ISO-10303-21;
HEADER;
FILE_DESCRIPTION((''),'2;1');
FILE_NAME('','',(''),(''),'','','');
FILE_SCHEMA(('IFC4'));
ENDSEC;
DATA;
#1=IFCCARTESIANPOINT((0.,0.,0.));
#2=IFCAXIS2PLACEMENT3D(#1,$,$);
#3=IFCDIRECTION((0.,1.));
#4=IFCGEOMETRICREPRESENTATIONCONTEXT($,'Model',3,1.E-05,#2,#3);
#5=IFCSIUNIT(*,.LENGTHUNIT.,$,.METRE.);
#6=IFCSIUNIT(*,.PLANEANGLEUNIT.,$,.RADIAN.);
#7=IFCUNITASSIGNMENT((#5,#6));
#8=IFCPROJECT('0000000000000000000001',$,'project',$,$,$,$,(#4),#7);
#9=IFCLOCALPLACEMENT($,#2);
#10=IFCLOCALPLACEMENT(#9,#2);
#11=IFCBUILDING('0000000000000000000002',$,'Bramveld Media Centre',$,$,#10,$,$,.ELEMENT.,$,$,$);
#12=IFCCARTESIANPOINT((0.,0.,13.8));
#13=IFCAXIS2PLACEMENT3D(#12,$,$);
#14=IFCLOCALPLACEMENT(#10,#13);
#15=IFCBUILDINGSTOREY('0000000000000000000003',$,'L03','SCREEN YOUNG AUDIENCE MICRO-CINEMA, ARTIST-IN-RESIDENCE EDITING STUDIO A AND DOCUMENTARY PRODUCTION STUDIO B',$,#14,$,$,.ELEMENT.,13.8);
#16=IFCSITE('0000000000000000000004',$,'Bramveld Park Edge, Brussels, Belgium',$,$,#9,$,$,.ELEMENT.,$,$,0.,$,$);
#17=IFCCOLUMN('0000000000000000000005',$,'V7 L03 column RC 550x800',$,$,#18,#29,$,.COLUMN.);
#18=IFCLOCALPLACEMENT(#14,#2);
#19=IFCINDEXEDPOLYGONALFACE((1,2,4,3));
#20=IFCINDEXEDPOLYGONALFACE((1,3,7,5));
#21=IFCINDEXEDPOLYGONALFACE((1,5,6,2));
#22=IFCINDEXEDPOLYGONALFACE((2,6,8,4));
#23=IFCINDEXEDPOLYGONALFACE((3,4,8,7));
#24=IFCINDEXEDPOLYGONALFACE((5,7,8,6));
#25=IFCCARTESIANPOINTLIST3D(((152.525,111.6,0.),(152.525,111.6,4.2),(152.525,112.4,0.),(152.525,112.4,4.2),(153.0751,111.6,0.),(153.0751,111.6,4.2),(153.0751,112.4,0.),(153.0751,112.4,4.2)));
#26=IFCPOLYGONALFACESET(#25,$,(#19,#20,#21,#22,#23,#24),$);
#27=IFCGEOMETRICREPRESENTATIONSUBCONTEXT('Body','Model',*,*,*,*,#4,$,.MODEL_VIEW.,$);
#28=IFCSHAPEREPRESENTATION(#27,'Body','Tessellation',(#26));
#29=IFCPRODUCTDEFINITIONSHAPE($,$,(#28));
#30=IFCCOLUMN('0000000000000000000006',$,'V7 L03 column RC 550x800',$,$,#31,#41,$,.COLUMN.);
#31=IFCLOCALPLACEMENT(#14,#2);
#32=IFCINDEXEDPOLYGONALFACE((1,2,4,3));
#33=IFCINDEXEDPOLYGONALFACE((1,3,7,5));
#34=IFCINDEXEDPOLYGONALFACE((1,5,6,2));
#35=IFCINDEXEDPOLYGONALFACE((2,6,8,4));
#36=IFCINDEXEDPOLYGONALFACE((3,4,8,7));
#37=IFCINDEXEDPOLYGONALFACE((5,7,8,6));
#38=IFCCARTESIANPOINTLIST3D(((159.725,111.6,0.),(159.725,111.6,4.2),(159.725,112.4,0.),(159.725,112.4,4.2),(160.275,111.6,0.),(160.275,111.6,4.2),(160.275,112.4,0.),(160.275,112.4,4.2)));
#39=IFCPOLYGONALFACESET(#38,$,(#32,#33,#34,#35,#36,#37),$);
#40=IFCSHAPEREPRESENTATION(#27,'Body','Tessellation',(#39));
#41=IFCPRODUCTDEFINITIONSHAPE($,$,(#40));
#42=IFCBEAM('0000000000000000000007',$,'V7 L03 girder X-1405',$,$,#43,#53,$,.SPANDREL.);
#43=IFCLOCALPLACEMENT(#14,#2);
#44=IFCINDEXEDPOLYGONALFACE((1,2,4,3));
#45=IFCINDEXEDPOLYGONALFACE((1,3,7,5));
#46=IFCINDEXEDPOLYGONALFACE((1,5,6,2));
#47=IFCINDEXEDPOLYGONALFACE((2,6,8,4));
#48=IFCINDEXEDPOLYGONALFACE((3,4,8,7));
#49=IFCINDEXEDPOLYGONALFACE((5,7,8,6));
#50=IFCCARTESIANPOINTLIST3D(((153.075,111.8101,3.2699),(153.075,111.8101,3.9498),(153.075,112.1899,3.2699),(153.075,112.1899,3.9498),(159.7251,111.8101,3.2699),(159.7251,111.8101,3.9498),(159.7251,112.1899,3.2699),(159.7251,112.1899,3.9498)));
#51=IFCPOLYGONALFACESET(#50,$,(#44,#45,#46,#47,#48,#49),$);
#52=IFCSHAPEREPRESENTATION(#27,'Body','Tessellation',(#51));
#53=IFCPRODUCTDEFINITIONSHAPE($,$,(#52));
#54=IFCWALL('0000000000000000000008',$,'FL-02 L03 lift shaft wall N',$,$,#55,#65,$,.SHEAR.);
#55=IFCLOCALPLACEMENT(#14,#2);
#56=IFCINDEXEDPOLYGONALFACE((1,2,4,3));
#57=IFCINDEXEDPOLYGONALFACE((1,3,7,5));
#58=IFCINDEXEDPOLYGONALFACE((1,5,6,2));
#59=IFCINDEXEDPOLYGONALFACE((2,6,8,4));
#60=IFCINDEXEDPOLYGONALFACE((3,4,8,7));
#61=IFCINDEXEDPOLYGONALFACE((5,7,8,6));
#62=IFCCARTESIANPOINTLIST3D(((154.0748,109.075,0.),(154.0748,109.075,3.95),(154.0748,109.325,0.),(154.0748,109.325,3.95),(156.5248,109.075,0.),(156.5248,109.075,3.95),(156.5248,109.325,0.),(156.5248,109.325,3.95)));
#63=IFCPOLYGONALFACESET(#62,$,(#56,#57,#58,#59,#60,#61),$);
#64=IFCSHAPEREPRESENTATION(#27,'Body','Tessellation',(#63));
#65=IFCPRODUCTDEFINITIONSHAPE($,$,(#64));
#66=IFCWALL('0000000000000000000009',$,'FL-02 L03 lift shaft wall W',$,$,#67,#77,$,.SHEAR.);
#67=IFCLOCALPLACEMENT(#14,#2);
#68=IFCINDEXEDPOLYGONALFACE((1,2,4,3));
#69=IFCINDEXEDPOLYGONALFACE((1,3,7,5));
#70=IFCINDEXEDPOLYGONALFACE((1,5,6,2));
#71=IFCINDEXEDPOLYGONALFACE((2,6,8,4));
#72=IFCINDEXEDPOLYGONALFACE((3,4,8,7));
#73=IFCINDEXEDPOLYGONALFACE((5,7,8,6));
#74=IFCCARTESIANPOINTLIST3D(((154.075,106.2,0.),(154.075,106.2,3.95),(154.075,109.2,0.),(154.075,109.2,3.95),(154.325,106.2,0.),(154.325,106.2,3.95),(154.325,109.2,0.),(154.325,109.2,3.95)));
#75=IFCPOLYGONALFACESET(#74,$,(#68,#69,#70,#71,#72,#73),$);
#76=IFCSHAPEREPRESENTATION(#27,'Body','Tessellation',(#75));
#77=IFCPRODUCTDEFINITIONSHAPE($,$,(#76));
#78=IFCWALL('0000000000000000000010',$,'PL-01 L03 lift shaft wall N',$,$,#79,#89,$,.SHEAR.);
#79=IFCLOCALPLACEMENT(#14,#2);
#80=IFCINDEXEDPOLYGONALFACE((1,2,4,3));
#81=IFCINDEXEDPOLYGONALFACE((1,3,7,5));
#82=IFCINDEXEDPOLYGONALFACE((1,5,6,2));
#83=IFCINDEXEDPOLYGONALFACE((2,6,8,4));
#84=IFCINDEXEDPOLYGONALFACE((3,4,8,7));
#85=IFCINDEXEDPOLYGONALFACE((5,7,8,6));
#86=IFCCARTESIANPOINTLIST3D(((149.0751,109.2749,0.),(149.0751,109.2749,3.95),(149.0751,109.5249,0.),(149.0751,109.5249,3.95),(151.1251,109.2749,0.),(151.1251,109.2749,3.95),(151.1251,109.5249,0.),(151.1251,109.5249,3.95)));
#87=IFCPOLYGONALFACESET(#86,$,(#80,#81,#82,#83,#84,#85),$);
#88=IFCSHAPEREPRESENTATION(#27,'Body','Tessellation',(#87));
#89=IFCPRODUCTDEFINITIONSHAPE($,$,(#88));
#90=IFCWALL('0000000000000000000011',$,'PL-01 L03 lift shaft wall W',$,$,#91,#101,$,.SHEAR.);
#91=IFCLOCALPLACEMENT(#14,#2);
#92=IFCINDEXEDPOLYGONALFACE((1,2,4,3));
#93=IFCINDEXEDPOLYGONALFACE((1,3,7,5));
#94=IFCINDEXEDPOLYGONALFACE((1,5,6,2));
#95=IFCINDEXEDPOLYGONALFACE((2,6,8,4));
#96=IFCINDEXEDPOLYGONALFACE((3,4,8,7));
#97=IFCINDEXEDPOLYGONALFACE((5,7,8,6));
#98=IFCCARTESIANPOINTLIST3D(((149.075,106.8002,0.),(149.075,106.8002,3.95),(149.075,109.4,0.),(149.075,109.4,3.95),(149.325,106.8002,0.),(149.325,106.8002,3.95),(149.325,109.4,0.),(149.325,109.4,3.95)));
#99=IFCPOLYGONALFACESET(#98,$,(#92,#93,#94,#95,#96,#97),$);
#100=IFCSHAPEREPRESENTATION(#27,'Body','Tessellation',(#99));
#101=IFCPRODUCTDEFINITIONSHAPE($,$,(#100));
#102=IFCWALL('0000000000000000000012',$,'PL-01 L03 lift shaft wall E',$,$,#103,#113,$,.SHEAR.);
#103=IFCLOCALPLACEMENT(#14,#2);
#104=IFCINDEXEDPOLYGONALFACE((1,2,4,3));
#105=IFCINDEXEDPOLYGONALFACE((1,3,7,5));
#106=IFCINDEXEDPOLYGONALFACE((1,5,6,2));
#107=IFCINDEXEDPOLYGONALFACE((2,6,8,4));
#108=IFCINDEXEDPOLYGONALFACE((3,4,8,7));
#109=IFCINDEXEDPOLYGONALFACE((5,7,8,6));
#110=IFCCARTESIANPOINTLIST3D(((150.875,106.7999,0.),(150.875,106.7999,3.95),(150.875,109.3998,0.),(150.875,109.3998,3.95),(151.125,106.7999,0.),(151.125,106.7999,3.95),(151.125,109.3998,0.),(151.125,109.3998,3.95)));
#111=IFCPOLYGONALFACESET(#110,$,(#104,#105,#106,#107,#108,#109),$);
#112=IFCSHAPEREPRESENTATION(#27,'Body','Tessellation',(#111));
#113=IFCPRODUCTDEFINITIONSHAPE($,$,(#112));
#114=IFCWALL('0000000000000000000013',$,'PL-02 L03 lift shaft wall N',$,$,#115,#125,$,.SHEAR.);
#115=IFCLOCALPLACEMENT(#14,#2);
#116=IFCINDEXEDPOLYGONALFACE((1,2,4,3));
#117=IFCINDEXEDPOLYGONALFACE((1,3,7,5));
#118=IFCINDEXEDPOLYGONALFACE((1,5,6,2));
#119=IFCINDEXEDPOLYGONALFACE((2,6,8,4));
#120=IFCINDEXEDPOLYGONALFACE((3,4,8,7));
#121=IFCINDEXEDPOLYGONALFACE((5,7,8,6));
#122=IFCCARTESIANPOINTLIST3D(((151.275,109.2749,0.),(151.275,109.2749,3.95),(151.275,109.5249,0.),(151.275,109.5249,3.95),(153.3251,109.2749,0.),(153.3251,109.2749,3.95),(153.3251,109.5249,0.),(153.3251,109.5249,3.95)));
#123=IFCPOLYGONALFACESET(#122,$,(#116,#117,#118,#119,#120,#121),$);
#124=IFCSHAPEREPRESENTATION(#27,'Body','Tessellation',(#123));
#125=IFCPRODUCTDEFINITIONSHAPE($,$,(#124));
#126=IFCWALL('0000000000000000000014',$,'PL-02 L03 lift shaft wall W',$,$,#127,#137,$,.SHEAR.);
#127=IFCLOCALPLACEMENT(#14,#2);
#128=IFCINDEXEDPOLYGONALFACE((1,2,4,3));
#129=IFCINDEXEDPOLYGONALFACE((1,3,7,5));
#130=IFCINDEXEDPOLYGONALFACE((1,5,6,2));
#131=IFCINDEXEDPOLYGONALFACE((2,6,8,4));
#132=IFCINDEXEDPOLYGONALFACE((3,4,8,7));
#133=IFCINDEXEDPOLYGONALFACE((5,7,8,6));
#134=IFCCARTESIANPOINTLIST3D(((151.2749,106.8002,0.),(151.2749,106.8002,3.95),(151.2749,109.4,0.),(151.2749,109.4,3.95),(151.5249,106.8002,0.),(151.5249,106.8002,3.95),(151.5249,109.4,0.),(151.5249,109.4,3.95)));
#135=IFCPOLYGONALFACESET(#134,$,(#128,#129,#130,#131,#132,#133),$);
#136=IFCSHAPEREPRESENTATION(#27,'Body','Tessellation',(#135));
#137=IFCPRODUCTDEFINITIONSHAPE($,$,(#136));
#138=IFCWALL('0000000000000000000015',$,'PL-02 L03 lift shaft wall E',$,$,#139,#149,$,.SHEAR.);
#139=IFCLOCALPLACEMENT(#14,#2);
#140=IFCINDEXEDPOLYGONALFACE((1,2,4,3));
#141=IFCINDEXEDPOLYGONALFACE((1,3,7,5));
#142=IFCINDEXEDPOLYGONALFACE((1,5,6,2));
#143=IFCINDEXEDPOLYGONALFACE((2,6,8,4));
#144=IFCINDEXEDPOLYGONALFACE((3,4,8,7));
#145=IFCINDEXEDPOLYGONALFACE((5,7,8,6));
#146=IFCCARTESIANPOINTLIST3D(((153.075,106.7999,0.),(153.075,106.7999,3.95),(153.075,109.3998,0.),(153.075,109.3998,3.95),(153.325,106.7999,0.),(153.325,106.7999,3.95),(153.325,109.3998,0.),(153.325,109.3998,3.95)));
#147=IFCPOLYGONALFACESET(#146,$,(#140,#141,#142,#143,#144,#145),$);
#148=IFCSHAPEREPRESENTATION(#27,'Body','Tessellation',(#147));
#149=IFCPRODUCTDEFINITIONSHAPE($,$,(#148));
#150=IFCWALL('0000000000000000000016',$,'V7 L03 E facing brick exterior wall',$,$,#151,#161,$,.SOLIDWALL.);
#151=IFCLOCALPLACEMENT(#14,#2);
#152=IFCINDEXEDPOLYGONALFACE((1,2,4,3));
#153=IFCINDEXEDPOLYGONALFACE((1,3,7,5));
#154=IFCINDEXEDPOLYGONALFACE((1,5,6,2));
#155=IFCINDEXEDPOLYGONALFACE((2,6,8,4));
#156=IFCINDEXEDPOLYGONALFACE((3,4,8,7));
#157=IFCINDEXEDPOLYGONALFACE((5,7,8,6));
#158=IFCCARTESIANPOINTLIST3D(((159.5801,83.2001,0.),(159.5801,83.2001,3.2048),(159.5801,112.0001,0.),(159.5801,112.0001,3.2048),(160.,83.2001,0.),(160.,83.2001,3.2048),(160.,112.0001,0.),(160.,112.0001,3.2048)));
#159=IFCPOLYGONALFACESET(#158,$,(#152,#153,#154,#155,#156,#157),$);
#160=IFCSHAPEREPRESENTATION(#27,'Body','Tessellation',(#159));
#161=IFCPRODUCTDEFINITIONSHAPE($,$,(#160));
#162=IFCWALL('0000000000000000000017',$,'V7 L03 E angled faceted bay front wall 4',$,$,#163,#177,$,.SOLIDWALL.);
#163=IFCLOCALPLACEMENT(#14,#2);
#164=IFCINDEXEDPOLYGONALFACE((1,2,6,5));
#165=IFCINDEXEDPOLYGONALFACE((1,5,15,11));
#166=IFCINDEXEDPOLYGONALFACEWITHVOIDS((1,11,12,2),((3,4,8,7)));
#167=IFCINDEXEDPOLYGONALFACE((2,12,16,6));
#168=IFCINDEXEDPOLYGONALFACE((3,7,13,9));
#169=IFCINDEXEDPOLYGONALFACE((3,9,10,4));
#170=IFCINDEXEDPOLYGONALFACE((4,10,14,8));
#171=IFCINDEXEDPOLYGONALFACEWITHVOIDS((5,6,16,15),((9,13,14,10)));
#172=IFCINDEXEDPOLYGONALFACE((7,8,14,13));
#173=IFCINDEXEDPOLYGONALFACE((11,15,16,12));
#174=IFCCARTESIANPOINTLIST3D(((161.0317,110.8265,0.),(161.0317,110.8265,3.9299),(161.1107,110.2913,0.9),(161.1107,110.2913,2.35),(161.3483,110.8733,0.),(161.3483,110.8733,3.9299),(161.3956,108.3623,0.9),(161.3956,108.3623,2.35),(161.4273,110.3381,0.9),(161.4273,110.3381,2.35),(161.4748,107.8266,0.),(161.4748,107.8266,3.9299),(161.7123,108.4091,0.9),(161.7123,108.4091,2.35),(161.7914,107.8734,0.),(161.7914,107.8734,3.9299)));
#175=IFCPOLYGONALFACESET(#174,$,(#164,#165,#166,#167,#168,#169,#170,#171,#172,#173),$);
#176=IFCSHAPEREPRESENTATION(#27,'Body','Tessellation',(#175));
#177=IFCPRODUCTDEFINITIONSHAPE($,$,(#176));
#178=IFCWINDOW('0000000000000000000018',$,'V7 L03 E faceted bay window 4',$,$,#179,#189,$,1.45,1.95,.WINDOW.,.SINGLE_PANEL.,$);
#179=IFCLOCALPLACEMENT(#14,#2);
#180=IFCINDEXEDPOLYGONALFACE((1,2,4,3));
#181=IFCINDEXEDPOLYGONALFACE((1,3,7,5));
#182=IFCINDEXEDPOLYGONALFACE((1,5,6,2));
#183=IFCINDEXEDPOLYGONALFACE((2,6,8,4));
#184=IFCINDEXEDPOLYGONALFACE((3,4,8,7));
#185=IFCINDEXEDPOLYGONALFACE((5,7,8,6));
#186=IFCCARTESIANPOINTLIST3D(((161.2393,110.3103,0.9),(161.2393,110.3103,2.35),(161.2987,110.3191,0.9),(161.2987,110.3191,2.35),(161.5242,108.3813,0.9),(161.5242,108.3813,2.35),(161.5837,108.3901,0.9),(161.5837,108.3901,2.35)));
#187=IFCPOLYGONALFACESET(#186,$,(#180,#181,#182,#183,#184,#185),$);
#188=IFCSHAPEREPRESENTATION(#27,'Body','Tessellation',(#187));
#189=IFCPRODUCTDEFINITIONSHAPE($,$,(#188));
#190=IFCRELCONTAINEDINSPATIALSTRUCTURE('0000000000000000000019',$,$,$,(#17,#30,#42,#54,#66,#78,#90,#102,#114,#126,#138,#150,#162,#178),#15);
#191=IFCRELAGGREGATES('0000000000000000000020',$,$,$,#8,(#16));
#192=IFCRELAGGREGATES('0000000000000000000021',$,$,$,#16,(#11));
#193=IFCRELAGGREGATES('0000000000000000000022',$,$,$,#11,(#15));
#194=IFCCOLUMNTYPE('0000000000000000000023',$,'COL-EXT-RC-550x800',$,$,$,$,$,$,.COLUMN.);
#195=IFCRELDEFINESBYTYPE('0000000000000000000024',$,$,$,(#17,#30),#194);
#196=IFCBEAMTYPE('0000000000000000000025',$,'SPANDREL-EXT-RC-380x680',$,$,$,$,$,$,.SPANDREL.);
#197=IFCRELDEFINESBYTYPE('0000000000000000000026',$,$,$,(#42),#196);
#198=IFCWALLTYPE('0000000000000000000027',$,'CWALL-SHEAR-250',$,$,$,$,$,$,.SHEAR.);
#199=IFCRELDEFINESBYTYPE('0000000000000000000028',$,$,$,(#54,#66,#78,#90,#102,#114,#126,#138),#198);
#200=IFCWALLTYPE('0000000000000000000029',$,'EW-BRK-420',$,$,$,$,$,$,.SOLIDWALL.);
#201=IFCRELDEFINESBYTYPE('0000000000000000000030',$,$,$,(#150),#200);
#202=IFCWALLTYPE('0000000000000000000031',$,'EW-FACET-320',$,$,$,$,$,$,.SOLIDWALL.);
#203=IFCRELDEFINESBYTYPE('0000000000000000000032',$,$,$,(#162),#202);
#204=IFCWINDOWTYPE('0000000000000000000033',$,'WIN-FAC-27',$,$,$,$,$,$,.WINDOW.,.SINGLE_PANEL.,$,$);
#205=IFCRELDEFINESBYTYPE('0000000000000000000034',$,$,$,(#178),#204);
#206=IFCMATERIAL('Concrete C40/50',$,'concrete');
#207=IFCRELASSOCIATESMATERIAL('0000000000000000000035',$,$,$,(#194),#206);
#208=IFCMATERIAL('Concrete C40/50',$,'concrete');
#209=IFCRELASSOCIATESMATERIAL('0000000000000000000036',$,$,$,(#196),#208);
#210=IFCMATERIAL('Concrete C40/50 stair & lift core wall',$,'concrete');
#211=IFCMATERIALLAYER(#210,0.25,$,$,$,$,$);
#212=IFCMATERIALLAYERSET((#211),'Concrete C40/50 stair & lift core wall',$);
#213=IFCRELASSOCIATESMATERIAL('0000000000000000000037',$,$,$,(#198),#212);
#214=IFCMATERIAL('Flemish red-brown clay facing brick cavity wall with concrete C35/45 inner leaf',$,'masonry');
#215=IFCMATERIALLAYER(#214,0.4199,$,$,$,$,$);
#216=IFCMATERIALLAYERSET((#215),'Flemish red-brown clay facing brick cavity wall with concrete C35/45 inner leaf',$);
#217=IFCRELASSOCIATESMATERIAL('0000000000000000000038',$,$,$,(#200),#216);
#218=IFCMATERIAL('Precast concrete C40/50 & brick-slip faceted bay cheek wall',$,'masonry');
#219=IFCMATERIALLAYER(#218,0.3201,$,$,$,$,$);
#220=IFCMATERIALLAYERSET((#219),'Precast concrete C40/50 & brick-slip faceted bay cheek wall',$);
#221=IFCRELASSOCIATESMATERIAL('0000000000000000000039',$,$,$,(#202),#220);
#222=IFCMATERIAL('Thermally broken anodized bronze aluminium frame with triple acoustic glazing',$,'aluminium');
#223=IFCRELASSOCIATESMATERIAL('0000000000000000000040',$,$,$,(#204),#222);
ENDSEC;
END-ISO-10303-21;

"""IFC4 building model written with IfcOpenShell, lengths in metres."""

from ifc_helpers import new_model, si_unit, direction, frame, frame_2d, origin, origin_2d, place, context, subcontext, project, spatial, rectangle, extrude, material, layer, layer_set, material_profile, profile_set, type_object, element, fill, save


model = new_model("IFC4")

# Units and contexts
model_context = context("Model", 3, precision=1e-05, world=origin(), true_north=direction((0.0, 1.0)))
body_context = subcontext(model_context, "Body", "Model", "MODEL_VIEW")
ifc_project = project(units=[si_unit("LENGTHUNIT", "METRE"), si_unit("PLANEANGLEUNIT", "RADIAN")], contexts=[model_context])

# Site, building, storey
site_placement = place(None, origin())
site = spatial("IfcSite", under=ifc_project, at=site_placement, Name="Bramveld Park Edge, Brussels, Belgium", CompositionType="ELEMENT", RefElevation=0.0)
building_placement = place(site_placement, origin())
building = spatial("IfcBuilding", under=site, at=building_placement, Name="Bramveld Media Centre", CompositionType="ELEMENT")
storey_placement = place(building_placement, frame((0.0, 0.0, 13.8)))
storey = spatial("IfcBuildingStorey", under=building, at=storey_placement, Name="L03", Description="SCREEN YOUNG AUDIENCE MICRO-CINEMA, ARTIST-IN-RESIDENCE EDITING STUDIO A AND DOCUMENTARY PRODUCTION STUDIO B", CompositionType="ELEMENT", Elevation=13.8)

# Columns
ifc_material_1 = material(Name="Concrete C40/50", Category="concrete")
ifc_material_profile_1 = material_profile(ifc_material_1, rectangle(XDim=0.55, YDim=0.8, at=origin_2d()), Name="RC 550x800")
ifc_profile_set_1 = profile_set([ifc_material_profile_1], Name="Concrete C40/50")
column_type = type_object("IfcColumnType", Name="COL-EXT-RC-550x800", PredefinedType="COLUMN", material=ifc_profile_set_1)
for number, where, z_axis, x_axis, name in (
    (1, (152.8, 112.0, 0.0), (0.0, 0.0, 1.0), (1.0, 0.0, 0.0), "V7 L03 column RC 550x800"),
    (2, (160.0, 112.0, 0.0), (0.0, 0.0, 1.0), (1.0, 0.0, 0.0), "V7 L03 column RC 550x800"),
):
    element("IfcColumn", number, at=place(storey_placement, frame(where, z_axis=z_axis, x_axis=x_axis)), inside=storey, type_object=column_type, Name=name, PredefinedType="COLUMN", context=body_context, shape_type="SweptSolid", body=[
        extrude(rectangle(XDim=0.55, YDim=0.8, at=origin_2d()), origin(), (0.0, 0.0, 1.0), 4.2),
    ])

# Beam
ifc_material_2 = material(Name="Concrete C40/50", Category="concrete")
ifc_material_profile_2 = material_profile(ifc_material_2, rectangle(XDim=0.3799, YDim=0.6799, at=origin_2d()), Name="RC 380x680")
ifc_profile_set_2 = profile_set([ifc_material_profile_2], Name="Concrete C40/50")
beam_type = type_object("IfcBeamType", Name="SPANDREL-EXT-RC-380x680", PredefinedType="SPANDREL", material=ifc_profile_set_2)
beam_placement = place(storey_placement, frame((153.075, 112.0, 3.6099), z_axis=(1.0, 0.0, 0.0), x_axis=(0.0, 1.0, 0.0)))
element("IfcBeam", 3, at=beam_placement, inside=storey, type_object=beam_type, Name="V7 L03 girder X-1405", PredefinedType="SPANDREL", context=body_context, shape_type="SweptSolid", body=[
    extrude(rectangle(XDim=0.3799, YDim=0.6799, at=origin_2d()), origin(), (0.0, 0.0, 1.0), 6.6501),
])

# Walls
ifc_material_3 = material(Name="Concrete C40/50 stair & lift core wall", Category="concrete")
ifc_layer_1 = layer(ifc_material_3, 0.25)
ifc_layer_set_1 = layer_set([ifc_layer_1], Name="Concrete C40/50 stair & lift core wall")
wall_type_1 = type_object("IfcWallType", Name="CWALL-SHEAR-250", PredefinedType="SHEAR", material=ifc_layer_set_1)
wall_1_placement = place(storey_placement, frame((156.5249, 109.2, 0.0), z_axis=(0.0, 0.0, 1.0), x_axis=(-1.0, 0.0, 0.0)))
element("IfcWall", 4, at=wall_1_placement, inside=storey, type_object=wall_type_1, Name="FL-02 L03 lift shaft wall N", PredefinedType="SHEAR", context=body_context, shape_type="SweptSolid", body=[
    extrude(rectangle(XDim=2.45, YDim=0.25, at=frame_2d((1.2251, 0.0))), origin(), (0.0, 0.0, 1.0), 3.95),
])
wall_2_placement = place(storey_placement, frame((154.2, 109.2, 0.0), z_axis=(0.0, 0.0, 1.0), x_axis=(0.0, -1.0, 0.0)))
element("IfcWall", 5, at=wall_2_placement, inside=storey, type_object=wall_type_1, Name="FL-02 L03 lift shaft wall W", PredefinedType="SHEAR", context=body_context, shape_type="SweptSolid", body=[
    extrude(rectangle(XDim=3.0, YDim=0.25, at=frame_2d((1.5, 0.0))), origin(), (0.0, 0.0, 1.0), 3.95),
])
wall_3_placement = place(storey_placement, frame((151.125, 109.3999, 0.0), z_axis=(0.0, 0.0, 1.0), x_axis=(-1.0, 0.0, 0.0)))
element("IfcWall", 6, at=wall_3_placement, inside=storey, type_object=wall_type_1, Name="PL-01 L03 lift shaft wall N", PredefinedType="SHEAR", context=body_context, shape_type="SweptSolid", body=[
    extrude(rectangle(XDim=2.05, YDim=0.25, at=frame_2d((1.0249, 0.0))), origin(), (0.0, 0.0, 1.0), 3.95),
])
for number, where, z_axis, x_axis, name in (
    (7, (149.2, 109.3999, 0.0), (0.0, 0.0, 1.0), (0.0, -1.0, 0.0), "PL-01 L03 lift shaft wall W"),
    (8, (151.0, 106.8, 0.0), (0.0, 0.0, 1.0), (0.0, 1.0, 0.0), "PL-01 L03 lift shaft wall E"),
):
    element("IfcWall", number, at=place(storey_placement, frame(where, z_axis=z_axis, x_axis=x_axis)), inside=storey, type_object=wall_type_1, Name=name, PredefinedType="SHEAR", context=body_context, shape_type="SweptSolid", body=[
        extrude(rectangle(XDim=2.5999, YDim=0.25, at=frame_2d((1.2998, 0.0))), origin(), (0.0, 0.0, 1.0), 3.95),
    ])

# Walls
wall_4_placement = place(storey_placement, frame((153.325, 109.3999, 0.0), z_axis=(0.0, 0.0, 1.0), x_axis=(-1.0, 0.0, 0.0)))
element("IfcWall", 9, at=wall_4_placement, inside=storey, type_object=wall_type_1, Name="PL-02 L03 lift shaft wall N", PredefinedType="SHEAR", context=body_context, shape_type="SweptSolid", body=[
    extrude(rectangle(XDim=2.05, YDim=0.25, at=frame_2d((1.0249, 0.0))), origin(), (0.0, 0.0, 1.0), 3.95),
])
for number, where, z_axis, x_axis, name in (
    (10, (151.3999, 109.3999, 0.0), (0.0, 0.0, 1.0), (0.0, -1.0, 0.0), "PL-02 L03 lift shaft wall W"),
    (11, (153.2, 106.8, 0.0), (0.0, 0.0, 1.0), (0.0, 1.0, 0.0), "PL-02 L03 lift shaft wall E"),
):
    element("IfcWall", number, at=place(storey_placement, frame(where, z_axis=z_axis, x_axis=x_axis)), inside=storey, type_object=wall_type_1, Name=name, PredefinedType="SHEAR", context=body_context, shape_type="SweptSolid", body=[
        extrude(rectangle(XDim=2.5999, YDim=0.25, at=frame_2d((1.2998, 0.0))), origin(), (0.0, 0.0, 1.0), 3.95),
    ])
ifc_material_4 = material(Name="Flemish red-brown clay facing brick cavity wall with concrete C35/45 inner leaf", Category="masonry")
ifc_layer_2 = layer(ifc_material_4, 0.4199)
ifc_layer_set_2 = layer_set([ifc_layer_2], Name="Flemish red-brown clay facing brick cavity wall with concrete C35/45 inner leaf")
wall_type_2 = type_object("IfcWallType", Name="EW-BRK-420", PredefinedType="SOLIDWALL", material=ifc_layer_set_2)
wall_5_placement = place(storey_placement, frame((159.79, 112.0, 0.0), z_axis=(0.0, 0.0, 1.0), x_axis=(0.0, -1.0, 0.0)))
element("IfcWall", 12, at=wall_5_placement, inside=storey, type_object=wall_type_2, Name="V7 L03 E facing brick exterior wall", PredefinedType="SOLIDWALL", context=body_context, shape_type="SweptSolid", body=[
    extrude(rectangle(XDim=28.8, YDim=0.4199, at=frame_2d((14.3999, 0.0))), origin(), (0.0, 0.0, 1.0), 3.2048),
])

# Wall, opening, window
ifc_material_5 = material(Name="Precast concrete C40/50 & brick-slip faceted bay cheek wall", Category="masonry")
ifc_layer_3 = layer(ifc_material_5, 0.3201)
ifc_layer_set_3 = layer_set([ifc_layer_3], Name="Precast concrete C40/50 & brick-slip faceted bay cheek wall")
wall_type_3 = type_object("IfcWallType", Name="EW-FACET-320", PredefinedType="SOLIDWALL", material=ifc_layer_set_3)
wall_6_placement = place(storey_placement, frame((161.6331, 107.8501, 0.0), z_axis=(0.0, 0.0, 1.0), x_axis=(-0.14612, 0.989267, 0.0)))
wall_6 = element("IfcWall", 13, at=wall_6_placement, inside=storey, type_object=wall_type_3, Name="V7 L03 E angled faceted bay front wall 4", PredefinedType="SOLIDWALL", context=body_context, shape_type="SweptSolid", body=[
    extrude(rectangle(XDim=3.0325, YDim=0.3201, at=frame_2d((1.5161, 0.0))), origin(), (0.0, 0.0, 1.0), 3.9299),
])
opening_1_placement = place(wall_6_placement, frame((0.5413, 0.0, 0.8999)))
opening_1 = element("IfcOpeningElement", 14, at=opening_1_placement, cuts=wall_6, PredefinedType="OPENING", context=body_context, shape_type="SweptSolid", body=[
    extrude(rectangle(XDim=1.95, YDim=1.45, at=frame_2d((0.9751, 0.7251))), frame((0.0, 0.1719, 0.0), z_axis=(0.0, -1.0, 0.0), x_axis=(1.0, 0.0, 0.0)), (0.0, 0.0, 1.0), 0.344),
])
ifc_material_6 = material(Name="Thermally broken anodized bronze aluminium frame with triple acoustic glazing", Category="aluminium")
window_type_1 = type_object("IfcWindowType", Name="WIN-FAC-27", PartitioningType="SINGLE_PANEL", PredefinedType="WINDOW", material=ifc_material_6)
window_1_placement = place(opening_1_placement, origin())
window_1 = element("IfcWindow", 15, at=window_1_placement, inside=storey, type_object=window_type_1, Name="V7 L03 E faceted bay window 4", OverallHeight=1.45, OverallWidth=1.95, PartitioningType="SINGLE_PANEL", PredefinedType="WINDOW", context=body_context, shape_type="SweptSolid", body=[
    extrude(rectangle(XDim=1.95, YDim=1.45, at=frame_2d((0.9751, 0.7251))), frame((0.0, 0.03, 0.0), z_axis=(0.0, -1.0, 0.0), x_axis=(1.0, 0.0, 0.0)), (0.0, 0.0, 1.0), 0.0601),
])
fill(opening_1, window_1)

save(model, "model.ifc")
